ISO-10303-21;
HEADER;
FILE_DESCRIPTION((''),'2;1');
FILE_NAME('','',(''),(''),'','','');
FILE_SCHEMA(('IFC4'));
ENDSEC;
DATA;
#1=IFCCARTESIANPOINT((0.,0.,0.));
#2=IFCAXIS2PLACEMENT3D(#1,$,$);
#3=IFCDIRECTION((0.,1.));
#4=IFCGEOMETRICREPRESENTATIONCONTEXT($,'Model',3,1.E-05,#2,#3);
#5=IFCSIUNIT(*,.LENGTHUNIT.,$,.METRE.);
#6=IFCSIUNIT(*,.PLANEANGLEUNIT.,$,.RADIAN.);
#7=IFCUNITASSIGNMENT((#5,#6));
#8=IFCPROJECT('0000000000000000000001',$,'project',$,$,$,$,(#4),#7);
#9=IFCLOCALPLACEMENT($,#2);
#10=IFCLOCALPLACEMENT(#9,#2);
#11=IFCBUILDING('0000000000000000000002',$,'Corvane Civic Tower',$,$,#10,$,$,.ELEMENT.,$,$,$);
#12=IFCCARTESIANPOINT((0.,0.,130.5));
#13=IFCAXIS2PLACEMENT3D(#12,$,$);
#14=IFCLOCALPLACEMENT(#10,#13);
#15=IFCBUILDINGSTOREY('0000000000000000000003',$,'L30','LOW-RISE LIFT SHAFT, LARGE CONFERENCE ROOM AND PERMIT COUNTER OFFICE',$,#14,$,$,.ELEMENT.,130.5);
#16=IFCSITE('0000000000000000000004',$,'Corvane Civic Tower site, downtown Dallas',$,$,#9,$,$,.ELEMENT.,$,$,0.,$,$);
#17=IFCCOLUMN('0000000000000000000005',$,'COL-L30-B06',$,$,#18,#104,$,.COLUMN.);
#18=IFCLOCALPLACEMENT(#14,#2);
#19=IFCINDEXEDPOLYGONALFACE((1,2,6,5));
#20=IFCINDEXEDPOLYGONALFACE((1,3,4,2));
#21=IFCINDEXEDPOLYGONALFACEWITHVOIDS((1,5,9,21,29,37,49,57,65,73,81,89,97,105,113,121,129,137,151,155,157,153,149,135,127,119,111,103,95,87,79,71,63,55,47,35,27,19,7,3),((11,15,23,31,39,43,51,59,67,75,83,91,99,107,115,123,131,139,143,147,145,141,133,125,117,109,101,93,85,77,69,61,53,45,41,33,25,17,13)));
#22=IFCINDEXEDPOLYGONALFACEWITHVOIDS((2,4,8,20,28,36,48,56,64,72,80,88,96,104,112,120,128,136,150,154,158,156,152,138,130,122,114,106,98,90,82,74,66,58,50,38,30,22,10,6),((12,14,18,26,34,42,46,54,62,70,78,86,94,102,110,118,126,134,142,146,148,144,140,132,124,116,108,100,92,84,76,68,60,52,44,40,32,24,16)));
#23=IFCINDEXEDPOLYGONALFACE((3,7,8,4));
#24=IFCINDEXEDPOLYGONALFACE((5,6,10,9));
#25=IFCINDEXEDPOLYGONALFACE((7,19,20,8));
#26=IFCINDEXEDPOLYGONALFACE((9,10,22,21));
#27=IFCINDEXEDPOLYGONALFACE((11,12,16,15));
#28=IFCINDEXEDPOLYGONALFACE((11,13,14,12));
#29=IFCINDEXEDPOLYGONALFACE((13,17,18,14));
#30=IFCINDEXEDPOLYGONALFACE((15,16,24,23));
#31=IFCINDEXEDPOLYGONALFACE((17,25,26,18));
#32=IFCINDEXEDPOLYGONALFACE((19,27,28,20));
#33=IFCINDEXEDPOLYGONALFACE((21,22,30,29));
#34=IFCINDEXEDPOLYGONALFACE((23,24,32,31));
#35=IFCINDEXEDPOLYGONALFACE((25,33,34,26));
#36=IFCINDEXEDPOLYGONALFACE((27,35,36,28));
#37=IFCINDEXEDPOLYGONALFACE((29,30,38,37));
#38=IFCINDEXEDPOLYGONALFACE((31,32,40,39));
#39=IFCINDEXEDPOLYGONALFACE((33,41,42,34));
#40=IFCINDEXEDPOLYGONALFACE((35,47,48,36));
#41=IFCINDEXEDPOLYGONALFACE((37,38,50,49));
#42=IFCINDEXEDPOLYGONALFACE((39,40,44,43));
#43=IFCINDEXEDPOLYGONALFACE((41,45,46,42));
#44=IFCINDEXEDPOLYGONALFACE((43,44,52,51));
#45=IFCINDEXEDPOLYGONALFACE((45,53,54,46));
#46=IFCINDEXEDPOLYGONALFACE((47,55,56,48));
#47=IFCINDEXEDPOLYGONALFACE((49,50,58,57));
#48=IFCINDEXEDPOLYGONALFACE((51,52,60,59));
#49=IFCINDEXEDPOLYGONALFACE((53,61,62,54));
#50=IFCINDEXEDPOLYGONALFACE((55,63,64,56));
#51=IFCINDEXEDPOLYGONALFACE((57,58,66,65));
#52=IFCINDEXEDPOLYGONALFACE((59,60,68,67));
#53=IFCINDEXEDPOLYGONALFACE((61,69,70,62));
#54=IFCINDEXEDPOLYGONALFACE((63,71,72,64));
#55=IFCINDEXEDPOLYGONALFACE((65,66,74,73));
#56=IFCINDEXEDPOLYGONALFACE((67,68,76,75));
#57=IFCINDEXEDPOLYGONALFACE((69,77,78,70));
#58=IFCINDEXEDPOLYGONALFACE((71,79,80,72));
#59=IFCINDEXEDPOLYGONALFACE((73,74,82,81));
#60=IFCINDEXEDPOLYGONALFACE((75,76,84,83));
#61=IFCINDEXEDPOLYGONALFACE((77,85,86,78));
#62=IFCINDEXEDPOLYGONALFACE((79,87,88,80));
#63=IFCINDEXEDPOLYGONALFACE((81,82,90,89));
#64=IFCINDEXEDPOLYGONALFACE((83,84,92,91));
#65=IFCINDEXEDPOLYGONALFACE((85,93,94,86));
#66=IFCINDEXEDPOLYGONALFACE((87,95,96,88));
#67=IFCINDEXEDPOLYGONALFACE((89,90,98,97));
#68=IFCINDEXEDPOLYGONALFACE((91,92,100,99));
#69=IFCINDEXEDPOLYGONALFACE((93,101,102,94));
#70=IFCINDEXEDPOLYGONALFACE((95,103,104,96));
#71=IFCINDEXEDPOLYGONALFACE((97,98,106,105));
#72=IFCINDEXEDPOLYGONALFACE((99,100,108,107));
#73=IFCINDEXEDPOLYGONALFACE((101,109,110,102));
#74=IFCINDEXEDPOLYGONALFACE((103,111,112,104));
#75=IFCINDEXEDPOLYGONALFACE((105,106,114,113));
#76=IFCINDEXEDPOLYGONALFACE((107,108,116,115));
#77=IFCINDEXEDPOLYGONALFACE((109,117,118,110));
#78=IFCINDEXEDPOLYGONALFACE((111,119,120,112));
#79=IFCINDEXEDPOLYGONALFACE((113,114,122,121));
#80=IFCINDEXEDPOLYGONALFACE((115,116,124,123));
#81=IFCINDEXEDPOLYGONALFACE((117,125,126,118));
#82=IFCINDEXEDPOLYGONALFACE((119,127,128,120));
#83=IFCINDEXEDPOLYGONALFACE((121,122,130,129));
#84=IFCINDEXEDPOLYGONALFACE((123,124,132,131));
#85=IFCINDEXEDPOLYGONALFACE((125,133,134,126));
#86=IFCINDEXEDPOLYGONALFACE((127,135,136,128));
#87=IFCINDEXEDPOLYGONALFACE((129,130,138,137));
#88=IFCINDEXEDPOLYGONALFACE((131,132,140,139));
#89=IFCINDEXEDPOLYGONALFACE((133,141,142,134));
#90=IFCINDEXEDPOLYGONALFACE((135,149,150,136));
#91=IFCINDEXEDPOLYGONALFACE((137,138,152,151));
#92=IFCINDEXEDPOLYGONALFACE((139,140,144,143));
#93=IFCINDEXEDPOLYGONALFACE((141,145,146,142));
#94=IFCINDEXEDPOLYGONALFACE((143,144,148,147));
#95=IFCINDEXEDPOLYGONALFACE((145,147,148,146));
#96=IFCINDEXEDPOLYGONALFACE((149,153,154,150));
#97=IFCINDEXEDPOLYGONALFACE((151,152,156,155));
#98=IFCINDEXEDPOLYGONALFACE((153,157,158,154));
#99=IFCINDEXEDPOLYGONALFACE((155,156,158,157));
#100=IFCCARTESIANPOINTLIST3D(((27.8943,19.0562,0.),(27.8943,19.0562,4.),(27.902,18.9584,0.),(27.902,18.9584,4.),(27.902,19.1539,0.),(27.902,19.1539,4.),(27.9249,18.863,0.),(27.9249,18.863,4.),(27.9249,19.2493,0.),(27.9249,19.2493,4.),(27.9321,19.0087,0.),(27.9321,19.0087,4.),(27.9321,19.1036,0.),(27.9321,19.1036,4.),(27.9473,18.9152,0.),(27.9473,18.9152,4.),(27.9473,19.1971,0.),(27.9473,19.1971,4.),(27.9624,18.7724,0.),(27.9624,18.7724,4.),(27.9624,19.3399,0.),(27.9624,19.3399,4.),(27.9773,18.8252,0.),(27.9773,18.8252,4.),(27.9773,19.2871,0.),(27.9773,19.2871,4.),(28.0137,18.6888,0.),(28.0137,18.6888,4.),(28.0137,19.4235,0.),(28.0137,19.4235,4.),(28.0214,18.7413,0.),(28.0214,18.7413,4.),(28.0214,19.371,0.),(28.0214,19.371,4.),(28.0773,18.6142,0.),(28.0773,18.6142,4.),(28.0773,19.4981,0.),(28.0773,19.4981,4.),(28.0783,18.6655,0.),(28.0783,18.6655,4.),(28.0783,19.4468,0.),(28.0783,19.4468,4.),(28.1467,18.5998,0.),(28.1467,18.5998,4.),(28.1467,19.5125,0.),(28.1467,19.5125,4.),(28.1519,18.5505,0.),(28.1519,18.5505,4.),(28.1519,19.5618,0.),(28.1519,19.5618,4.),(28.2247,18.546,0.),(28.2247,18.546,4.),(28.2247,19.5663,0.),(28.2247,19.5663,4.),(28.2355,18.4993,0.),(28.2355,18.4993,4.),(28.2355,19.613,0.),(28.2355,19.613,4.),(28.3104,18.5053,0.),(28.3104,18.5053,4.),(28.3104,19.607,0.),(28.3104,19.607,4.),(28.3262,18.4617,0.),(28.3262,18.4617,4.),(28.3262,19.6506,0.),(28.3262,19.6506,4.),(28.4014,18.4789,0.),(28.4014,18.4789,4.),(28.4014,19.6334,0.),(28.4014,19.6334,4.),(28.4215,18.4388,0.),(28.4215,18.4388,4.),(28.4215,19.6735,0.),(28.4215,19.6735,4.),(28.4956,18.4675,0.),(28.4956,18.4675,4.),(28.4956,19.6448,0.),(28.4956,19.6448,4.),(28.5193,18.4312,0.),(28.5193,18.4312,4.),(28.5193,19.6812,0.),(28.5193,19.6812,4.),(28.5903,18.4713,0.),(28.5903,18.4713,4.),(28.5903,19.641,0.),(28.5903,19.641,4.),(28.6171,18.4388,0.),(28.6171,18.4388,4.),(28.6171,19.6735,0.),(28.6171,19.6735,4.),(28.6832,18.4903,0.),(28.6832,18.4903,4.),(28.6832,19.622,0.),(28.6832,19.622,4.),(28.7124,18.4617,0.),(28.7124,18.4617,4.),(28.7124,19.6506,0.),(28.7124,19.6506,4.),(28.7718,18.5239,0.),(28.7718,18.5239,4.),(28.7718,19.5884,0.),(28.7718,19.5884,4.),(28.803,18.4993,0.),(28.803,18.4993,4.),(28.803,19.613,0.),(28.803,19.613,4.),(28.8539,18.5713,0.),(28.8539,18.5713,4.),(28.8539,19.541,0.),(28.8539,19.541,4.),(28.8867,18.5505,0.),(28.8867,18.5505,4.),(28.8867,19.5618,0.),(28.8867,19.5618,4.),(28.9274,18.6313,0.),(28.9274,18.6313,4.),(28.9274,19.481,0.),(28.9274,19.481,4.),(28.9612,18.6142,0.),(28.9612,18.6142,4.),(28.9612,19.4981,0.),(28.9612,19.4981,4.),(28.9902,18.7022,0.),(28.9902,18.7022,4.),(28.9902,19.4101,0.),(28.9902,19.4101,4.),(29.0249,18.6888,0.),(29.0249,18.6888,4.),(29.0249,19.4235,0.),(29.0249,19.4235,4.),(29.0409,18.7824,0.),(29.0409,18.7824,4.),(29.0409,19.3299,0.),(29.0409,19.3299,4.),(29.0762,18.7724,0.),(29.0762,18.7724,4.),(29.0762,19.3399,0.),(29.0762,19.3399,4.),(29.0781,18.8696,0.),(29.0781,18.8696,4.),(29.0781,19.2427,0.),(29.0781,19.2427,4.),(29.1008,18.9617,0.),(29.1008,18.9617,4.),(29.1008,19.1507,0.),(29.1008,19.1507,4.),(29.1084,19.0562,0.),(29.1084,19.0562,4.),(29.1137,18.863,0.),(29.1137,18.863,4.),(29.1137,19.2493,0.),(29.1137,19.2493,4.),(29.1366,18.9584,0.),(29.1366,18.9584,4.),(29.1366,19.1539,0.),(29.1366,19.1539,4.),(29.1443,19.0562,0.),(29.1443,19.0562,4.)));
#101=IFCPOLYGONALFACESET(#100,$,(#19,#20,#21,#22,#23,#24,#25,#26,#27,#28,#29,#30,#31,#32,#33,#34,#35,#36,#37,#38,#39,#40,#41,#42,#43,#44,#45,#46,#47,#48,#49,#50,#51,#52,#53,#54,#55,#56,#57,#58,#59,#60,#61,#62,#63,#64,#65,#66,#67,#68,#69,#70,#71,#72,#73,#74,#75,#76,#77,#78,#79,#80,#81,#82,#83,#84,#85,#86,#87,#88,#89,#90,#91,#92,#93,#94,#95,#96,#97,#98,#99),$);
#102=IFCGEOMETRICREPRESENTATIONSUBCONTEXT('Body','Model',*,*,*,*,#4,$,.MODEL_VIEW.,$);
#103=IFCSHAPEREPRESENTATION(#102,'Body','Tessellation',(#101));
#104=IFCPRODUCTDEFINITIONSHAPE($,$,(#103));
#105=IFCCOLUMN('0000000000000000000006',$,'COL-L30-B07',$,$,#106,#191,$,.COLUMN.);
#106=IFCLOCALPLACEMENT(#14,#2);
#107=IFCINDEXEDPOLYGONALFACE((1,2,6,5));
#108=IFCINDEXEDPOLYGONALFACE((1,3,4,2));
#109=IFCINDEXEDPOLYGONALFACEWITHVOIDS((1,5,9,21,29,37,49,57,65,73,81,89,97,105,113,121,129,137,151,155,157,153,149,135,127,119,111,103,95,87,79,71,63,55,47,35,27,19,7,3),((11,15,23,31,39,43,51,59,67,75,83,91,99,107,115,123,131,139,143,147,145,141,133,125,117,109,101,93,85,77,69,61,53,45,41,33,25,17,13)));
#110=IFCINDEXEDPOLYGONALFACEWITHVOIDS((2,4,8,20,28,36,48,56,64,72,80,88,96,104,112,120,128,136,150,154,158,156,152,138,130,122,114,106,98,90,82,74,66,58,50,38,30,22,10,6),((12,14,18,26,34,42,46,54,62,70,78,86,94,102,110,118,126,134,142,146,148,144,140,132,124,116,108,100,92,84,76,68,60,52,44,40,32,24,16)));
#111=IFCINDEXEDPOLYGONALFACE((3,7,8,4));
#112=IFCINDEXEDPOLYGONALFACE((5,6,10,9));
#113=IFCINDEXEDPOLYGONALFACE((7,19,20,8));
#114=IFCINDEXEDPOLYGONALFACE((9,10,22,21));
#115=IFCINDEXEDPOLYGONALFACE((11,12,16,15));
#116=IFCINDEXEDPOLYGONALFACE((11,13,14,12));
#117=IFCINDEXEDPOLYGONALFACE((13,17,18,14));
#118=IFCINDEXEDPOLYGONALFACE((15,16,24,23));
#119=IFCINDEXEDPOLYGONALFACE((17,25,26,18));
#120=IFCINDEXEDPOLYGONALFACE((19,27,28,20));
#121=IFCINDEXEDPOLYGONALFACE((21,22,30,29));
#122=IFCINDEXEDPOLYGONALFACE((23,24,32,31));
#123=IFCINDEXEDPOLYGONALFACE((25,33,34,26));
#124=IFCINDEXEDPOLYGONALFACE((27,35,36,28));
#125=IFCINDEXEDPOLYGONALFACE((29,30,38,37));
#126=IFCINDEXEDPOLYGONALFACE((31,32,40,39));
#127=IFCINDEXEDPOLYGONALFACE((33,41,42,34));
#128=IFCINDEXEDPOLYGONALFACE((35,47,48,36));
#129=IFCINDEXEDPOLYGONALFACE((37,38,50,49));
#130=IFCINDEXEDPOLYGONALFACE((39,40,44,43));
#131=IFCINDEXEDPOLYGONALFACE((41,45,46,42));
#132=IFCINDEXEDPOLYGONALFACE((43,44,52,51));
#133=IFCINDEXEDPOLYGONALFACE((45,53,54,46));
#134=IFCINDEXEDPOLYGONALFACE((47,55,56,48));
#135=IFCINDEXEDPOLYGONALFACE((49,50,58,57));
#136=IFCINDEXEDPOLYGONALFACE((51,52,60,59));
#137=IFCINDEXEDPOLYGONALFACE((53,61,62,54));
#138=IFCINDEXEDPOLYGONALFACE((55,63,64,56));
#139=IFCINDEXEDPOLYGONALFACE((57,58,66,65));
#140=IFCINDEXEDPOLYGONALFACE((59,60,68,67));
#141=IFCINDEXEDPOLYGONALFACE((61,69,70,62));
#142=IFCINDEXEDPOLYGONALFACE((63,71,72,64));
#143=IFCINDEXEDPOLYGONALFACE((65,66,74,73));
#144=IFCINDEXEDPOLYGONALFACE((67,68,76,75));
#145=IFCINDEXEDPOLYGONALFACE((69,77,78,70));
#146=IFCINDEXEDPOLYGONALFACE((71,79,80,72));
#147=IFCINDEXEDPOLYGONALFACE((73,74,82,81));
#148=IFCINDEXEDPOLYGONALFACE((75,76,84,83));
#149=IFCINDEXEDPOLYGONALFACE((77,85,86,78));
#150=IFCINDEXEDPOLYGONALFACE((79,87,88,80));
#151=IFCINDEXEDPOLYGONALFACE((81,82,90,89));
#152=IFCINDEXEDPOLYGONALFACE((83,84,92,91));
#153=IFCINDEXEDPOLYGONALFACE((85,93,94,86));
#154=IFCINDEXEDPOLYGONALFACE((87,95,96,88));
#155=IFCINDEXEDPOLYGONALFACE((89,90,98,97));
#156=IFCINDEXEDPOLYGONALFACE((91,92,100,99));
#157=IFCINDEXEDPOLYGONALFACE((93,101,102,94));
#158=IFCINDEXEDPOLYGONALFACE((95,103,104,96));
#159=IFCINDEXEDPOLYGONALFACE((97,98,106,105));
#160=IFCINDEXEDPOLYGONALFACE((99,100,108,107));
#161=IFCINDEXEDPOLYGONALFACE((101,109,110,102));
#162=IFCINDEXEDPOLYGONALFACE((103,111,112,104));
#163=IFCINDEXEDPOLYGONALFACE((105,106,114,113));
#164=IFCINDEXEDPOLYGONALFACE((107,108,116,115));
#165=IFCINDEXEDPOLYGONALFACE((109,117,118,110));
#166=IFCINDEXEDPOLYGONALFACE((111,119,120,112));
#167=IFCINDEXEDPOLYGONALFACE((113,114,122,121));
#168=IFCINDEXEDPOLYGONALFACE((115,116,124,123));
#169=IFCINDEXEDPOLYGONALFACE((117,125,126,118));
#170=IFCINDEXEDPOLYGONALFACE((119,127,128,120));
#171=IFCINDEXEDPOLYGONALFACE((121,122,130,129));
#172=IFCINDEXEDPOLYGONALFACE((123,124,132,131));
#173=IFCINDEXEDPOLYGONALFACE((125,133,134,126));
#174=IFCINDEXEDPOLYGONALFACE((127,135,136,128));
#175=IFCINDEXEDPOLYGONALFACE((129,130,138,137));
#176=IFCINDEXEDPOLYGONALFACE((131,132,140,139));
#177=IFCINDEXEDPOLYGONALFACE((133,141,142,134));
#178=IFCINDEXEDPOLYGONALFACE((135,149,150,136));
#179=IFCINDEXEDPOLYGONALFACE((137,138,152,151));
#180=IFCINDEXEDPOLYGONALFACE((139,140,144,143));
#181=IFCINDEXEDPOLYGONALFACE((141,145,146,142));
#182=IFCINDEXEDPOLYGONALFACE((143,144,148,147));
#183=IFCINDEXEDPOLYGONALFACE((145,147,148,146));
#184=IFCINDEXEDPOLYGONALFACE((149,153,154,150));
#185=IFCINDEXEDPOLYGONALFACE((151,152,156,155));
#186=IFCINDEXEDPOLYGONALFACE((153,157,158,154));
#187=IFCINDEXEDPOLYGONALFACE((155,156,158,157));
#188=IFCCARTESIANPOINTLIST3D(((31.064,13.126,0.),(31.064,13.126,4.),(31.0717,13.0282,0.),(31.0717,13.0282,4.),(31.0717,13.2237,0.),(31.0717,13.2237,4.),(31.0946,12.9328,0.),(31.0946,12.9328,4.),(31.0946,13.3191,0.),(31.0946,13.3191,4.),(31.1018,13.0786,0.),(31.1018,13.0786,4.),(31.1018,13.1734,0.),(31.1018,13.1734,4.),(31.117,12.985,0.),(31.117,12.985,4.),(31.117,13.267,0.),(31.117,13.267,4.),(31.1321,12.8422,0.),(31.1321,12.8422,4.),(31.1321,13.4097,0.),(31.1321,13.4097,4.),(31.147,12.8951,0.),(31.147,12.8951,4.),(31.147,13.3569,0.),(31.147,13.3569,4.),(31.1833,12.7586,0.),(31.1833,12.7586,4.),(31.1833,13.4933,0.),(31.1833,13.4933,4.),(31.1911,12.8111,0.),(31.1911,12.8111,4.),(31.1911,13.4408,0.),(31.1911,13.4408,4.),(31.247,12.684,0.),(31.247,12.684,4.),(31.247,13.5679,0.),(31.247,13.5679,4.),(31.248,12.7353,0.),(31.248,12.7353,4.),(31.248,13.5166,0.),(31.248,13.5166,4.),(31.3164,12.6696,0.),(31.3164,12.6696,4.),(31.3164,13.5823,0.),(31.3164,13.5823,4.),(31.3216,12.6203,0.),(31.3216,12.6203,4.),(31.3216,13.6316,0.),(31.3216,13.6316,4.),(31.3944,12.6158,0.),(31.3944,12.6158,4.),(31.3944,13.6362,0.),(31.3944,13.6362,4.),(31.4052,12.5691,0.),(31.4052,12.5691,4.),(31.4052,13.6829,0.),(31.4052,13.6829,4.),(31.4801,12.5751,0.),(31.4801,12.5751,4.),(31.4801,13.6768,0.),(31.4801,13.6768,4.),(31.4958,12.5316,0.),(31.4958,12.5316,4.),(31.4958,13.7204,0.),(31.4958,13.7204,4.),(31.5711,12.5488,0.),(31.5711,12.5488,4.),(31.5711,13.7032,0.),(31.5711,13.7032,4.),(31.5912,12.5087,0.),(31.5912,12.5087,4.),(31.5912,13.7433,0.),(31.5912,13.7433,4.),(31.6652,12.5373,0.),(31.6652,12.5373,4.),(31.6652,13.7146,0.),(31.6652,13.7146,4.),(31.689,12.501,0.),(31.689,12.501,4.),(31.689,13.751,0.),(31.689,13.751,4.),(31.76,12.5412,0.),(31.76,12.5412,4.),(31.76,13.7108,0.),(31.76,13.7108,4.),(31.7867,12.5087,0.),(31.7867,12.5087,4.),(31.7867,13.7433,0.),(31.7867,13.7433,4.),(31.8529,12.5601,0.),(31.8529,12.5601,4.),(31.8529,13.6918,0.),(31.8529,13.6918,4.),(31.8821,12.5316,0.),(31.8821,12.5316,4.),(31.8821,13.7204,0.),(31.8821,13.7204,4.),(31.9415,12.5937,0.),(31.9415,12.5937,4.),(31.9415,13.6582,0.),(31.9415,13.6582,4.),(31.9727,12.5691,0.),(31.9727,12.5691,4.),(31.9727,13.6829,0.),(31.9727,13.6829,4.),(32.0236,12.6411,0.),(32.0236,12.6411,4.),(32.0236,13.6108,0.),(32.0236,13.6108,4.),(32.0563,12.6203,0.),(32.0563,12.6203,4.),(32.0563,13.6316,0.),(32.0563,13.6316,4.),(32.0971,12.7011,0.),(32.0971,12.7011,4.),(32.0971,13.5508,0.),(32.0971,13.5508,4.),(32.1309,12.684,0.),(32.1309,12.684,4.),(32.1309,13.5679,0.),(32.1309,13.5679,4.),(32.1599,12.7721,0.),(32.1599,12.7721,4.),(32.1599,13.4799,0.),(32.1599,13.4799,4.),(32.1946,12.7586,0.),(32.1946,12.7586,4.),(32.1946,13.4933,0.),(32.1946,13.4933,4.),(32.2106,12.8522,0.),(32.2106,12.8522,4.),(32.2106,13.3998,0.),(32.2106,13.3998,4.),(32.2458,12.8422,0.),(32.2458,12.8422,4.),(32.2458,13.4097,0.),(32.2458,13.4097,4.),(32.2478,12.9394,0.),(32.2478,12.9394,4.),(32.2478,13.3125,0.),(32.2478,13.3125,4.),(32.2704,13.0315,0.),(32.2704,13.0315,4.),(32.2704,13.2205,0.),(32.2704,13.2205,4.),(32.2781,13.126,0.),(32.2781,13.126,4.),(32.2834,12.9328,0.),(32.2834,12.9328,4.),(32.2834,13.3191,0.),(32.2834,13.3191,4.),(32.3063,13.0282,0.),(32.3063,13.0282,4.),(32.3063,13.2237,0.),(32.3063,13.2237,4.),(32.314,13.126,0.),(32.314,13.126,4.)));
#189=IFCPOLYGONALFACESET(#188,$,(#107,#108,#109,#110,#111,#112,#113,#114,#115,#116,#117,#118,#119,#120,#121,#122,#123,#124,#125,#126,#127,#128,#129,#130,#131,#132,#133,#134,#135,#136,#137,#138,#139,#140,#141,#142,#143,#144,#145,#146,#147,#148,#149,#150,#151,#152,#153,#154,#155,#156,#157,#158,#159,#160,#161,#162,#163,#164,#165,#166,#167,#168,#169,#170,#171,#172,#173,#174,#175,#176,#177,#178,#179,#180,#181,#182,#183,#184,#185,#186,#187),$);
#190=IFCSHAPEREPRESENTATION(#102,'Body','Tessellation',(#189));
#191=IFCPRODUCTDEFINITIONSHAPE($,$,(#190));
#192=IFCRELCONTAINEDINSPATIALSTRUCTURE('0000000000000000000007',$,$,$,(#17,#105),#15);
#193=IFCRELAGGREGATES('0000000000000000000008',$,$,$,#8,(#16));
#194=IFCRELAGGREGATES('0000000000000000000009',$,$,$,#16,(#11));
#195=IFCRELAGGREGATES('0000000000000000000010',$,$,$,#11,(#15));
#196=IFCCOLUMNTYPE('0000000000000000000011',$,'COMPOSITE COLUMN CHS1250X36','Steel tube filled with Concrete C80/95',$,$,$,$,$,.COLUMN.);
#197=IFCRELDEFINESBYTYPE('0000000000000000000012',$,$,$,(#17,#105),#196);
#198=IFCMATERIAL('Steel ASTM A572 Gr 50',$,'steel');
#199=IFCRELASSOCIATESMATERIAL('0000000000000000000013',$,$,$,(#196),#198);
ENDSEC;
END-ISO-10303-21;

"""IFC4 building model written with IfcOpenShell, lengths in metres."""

from ifc_helpers import new_model, si_unit, direction, frame, origin, origin_2d, place, context, subcontext, project, spatial, hollow_circle, extrude, material, material_profile, profile_set, type_object, element, save


model = new_model("IFC4")

# Units and contexts
model_context = context("Model", 3, precision=1e-05, world=origin(), true_north=direction((0.0, 1.0)))
body_context = subcontext(model_context, "Body", "Model", "MODEL_VIEW")
ifc_project = project(units=[si_unit("LENGTHUNIT", "METRE"), si_unit("PLANEANGLEUNIT", "RADIAN")], contexts=[model_context])

# Site, building, storey
site_placement = place(None, origin())
site = spatial("IfcSite", under=ifc_project, at=site_placement, Name="Corvane Civic Tower site, downtown Dallas", CompositionType="ELEMENT", RefElevation=0.0)
building_placement = place(site_placement, origin())
building = spatial("IfcBuilding", under=site, at=building_placement, Name="Corvane Civic Tower", CompositionType="ELEMENT")
storey_placement = place(building_placement, frame((0.0, 0.0, 130.5)))
storey = spatial("IfcBuildingStorey", under=building, at=storey_placement, Name="L30", Description="LOW-RISE LIFT SHAFT, LARGE CONFERENCE ROOM AND PERMIT COUNTER OFFICE", CompositionType="ELEMENT", Elevation=130.5)

# Columns
ifc_material_1 = material(Name="Steel ASTM A572 Gr 50", Category="steel")
ifc_material_profile_1 = material_profile(ifc_material_1, hollow_circle(Radius=0.625, WallThickness=0.0359, at=origin_2d()), Name="CHS1250X36")
ifc_profile_set_1 = profile_set([ifc_material_profile_1], Name="Steel ASTM A572 Gr 50")
column_type = type_object("IfcColumnType", Name="COMPOSITE COLUMN CHS1250X36", Description="Steel tube filled with Concrete C80/95", PredefinedType="COLUMN", material=ifc_profile_set_1)
for number, where, z_axis, x_axis, name in (
    (1, (28.5193, 19.0562, 0.0), (0.0, 0.0, 1.0), (1.0, 0.0, 0.0), "COL-L30-B06"),
    (2, (31.689, 13.126, 0.0), (0.0, 0.0, 1.0), (1.0, 0.0, 0.0), "COL-L30-B07"),
):
    element("IfcColumn", number, at=place(storey_placement, frame(where, z_axis=z_axis, x_axis=x_axis)), inside=storey, type_object=column_type, Name=name, PredefinedType="COLUMN", context=body_context, shape_type="SweptSolid", body=[
        extrude(hollow_circle(Radius=0.625, WallThickness=0.0359, at=origin_2d()), origin(), (0.0, 0.0, 1.0), 4.0),
    ])

save(model, "model.ifc")
